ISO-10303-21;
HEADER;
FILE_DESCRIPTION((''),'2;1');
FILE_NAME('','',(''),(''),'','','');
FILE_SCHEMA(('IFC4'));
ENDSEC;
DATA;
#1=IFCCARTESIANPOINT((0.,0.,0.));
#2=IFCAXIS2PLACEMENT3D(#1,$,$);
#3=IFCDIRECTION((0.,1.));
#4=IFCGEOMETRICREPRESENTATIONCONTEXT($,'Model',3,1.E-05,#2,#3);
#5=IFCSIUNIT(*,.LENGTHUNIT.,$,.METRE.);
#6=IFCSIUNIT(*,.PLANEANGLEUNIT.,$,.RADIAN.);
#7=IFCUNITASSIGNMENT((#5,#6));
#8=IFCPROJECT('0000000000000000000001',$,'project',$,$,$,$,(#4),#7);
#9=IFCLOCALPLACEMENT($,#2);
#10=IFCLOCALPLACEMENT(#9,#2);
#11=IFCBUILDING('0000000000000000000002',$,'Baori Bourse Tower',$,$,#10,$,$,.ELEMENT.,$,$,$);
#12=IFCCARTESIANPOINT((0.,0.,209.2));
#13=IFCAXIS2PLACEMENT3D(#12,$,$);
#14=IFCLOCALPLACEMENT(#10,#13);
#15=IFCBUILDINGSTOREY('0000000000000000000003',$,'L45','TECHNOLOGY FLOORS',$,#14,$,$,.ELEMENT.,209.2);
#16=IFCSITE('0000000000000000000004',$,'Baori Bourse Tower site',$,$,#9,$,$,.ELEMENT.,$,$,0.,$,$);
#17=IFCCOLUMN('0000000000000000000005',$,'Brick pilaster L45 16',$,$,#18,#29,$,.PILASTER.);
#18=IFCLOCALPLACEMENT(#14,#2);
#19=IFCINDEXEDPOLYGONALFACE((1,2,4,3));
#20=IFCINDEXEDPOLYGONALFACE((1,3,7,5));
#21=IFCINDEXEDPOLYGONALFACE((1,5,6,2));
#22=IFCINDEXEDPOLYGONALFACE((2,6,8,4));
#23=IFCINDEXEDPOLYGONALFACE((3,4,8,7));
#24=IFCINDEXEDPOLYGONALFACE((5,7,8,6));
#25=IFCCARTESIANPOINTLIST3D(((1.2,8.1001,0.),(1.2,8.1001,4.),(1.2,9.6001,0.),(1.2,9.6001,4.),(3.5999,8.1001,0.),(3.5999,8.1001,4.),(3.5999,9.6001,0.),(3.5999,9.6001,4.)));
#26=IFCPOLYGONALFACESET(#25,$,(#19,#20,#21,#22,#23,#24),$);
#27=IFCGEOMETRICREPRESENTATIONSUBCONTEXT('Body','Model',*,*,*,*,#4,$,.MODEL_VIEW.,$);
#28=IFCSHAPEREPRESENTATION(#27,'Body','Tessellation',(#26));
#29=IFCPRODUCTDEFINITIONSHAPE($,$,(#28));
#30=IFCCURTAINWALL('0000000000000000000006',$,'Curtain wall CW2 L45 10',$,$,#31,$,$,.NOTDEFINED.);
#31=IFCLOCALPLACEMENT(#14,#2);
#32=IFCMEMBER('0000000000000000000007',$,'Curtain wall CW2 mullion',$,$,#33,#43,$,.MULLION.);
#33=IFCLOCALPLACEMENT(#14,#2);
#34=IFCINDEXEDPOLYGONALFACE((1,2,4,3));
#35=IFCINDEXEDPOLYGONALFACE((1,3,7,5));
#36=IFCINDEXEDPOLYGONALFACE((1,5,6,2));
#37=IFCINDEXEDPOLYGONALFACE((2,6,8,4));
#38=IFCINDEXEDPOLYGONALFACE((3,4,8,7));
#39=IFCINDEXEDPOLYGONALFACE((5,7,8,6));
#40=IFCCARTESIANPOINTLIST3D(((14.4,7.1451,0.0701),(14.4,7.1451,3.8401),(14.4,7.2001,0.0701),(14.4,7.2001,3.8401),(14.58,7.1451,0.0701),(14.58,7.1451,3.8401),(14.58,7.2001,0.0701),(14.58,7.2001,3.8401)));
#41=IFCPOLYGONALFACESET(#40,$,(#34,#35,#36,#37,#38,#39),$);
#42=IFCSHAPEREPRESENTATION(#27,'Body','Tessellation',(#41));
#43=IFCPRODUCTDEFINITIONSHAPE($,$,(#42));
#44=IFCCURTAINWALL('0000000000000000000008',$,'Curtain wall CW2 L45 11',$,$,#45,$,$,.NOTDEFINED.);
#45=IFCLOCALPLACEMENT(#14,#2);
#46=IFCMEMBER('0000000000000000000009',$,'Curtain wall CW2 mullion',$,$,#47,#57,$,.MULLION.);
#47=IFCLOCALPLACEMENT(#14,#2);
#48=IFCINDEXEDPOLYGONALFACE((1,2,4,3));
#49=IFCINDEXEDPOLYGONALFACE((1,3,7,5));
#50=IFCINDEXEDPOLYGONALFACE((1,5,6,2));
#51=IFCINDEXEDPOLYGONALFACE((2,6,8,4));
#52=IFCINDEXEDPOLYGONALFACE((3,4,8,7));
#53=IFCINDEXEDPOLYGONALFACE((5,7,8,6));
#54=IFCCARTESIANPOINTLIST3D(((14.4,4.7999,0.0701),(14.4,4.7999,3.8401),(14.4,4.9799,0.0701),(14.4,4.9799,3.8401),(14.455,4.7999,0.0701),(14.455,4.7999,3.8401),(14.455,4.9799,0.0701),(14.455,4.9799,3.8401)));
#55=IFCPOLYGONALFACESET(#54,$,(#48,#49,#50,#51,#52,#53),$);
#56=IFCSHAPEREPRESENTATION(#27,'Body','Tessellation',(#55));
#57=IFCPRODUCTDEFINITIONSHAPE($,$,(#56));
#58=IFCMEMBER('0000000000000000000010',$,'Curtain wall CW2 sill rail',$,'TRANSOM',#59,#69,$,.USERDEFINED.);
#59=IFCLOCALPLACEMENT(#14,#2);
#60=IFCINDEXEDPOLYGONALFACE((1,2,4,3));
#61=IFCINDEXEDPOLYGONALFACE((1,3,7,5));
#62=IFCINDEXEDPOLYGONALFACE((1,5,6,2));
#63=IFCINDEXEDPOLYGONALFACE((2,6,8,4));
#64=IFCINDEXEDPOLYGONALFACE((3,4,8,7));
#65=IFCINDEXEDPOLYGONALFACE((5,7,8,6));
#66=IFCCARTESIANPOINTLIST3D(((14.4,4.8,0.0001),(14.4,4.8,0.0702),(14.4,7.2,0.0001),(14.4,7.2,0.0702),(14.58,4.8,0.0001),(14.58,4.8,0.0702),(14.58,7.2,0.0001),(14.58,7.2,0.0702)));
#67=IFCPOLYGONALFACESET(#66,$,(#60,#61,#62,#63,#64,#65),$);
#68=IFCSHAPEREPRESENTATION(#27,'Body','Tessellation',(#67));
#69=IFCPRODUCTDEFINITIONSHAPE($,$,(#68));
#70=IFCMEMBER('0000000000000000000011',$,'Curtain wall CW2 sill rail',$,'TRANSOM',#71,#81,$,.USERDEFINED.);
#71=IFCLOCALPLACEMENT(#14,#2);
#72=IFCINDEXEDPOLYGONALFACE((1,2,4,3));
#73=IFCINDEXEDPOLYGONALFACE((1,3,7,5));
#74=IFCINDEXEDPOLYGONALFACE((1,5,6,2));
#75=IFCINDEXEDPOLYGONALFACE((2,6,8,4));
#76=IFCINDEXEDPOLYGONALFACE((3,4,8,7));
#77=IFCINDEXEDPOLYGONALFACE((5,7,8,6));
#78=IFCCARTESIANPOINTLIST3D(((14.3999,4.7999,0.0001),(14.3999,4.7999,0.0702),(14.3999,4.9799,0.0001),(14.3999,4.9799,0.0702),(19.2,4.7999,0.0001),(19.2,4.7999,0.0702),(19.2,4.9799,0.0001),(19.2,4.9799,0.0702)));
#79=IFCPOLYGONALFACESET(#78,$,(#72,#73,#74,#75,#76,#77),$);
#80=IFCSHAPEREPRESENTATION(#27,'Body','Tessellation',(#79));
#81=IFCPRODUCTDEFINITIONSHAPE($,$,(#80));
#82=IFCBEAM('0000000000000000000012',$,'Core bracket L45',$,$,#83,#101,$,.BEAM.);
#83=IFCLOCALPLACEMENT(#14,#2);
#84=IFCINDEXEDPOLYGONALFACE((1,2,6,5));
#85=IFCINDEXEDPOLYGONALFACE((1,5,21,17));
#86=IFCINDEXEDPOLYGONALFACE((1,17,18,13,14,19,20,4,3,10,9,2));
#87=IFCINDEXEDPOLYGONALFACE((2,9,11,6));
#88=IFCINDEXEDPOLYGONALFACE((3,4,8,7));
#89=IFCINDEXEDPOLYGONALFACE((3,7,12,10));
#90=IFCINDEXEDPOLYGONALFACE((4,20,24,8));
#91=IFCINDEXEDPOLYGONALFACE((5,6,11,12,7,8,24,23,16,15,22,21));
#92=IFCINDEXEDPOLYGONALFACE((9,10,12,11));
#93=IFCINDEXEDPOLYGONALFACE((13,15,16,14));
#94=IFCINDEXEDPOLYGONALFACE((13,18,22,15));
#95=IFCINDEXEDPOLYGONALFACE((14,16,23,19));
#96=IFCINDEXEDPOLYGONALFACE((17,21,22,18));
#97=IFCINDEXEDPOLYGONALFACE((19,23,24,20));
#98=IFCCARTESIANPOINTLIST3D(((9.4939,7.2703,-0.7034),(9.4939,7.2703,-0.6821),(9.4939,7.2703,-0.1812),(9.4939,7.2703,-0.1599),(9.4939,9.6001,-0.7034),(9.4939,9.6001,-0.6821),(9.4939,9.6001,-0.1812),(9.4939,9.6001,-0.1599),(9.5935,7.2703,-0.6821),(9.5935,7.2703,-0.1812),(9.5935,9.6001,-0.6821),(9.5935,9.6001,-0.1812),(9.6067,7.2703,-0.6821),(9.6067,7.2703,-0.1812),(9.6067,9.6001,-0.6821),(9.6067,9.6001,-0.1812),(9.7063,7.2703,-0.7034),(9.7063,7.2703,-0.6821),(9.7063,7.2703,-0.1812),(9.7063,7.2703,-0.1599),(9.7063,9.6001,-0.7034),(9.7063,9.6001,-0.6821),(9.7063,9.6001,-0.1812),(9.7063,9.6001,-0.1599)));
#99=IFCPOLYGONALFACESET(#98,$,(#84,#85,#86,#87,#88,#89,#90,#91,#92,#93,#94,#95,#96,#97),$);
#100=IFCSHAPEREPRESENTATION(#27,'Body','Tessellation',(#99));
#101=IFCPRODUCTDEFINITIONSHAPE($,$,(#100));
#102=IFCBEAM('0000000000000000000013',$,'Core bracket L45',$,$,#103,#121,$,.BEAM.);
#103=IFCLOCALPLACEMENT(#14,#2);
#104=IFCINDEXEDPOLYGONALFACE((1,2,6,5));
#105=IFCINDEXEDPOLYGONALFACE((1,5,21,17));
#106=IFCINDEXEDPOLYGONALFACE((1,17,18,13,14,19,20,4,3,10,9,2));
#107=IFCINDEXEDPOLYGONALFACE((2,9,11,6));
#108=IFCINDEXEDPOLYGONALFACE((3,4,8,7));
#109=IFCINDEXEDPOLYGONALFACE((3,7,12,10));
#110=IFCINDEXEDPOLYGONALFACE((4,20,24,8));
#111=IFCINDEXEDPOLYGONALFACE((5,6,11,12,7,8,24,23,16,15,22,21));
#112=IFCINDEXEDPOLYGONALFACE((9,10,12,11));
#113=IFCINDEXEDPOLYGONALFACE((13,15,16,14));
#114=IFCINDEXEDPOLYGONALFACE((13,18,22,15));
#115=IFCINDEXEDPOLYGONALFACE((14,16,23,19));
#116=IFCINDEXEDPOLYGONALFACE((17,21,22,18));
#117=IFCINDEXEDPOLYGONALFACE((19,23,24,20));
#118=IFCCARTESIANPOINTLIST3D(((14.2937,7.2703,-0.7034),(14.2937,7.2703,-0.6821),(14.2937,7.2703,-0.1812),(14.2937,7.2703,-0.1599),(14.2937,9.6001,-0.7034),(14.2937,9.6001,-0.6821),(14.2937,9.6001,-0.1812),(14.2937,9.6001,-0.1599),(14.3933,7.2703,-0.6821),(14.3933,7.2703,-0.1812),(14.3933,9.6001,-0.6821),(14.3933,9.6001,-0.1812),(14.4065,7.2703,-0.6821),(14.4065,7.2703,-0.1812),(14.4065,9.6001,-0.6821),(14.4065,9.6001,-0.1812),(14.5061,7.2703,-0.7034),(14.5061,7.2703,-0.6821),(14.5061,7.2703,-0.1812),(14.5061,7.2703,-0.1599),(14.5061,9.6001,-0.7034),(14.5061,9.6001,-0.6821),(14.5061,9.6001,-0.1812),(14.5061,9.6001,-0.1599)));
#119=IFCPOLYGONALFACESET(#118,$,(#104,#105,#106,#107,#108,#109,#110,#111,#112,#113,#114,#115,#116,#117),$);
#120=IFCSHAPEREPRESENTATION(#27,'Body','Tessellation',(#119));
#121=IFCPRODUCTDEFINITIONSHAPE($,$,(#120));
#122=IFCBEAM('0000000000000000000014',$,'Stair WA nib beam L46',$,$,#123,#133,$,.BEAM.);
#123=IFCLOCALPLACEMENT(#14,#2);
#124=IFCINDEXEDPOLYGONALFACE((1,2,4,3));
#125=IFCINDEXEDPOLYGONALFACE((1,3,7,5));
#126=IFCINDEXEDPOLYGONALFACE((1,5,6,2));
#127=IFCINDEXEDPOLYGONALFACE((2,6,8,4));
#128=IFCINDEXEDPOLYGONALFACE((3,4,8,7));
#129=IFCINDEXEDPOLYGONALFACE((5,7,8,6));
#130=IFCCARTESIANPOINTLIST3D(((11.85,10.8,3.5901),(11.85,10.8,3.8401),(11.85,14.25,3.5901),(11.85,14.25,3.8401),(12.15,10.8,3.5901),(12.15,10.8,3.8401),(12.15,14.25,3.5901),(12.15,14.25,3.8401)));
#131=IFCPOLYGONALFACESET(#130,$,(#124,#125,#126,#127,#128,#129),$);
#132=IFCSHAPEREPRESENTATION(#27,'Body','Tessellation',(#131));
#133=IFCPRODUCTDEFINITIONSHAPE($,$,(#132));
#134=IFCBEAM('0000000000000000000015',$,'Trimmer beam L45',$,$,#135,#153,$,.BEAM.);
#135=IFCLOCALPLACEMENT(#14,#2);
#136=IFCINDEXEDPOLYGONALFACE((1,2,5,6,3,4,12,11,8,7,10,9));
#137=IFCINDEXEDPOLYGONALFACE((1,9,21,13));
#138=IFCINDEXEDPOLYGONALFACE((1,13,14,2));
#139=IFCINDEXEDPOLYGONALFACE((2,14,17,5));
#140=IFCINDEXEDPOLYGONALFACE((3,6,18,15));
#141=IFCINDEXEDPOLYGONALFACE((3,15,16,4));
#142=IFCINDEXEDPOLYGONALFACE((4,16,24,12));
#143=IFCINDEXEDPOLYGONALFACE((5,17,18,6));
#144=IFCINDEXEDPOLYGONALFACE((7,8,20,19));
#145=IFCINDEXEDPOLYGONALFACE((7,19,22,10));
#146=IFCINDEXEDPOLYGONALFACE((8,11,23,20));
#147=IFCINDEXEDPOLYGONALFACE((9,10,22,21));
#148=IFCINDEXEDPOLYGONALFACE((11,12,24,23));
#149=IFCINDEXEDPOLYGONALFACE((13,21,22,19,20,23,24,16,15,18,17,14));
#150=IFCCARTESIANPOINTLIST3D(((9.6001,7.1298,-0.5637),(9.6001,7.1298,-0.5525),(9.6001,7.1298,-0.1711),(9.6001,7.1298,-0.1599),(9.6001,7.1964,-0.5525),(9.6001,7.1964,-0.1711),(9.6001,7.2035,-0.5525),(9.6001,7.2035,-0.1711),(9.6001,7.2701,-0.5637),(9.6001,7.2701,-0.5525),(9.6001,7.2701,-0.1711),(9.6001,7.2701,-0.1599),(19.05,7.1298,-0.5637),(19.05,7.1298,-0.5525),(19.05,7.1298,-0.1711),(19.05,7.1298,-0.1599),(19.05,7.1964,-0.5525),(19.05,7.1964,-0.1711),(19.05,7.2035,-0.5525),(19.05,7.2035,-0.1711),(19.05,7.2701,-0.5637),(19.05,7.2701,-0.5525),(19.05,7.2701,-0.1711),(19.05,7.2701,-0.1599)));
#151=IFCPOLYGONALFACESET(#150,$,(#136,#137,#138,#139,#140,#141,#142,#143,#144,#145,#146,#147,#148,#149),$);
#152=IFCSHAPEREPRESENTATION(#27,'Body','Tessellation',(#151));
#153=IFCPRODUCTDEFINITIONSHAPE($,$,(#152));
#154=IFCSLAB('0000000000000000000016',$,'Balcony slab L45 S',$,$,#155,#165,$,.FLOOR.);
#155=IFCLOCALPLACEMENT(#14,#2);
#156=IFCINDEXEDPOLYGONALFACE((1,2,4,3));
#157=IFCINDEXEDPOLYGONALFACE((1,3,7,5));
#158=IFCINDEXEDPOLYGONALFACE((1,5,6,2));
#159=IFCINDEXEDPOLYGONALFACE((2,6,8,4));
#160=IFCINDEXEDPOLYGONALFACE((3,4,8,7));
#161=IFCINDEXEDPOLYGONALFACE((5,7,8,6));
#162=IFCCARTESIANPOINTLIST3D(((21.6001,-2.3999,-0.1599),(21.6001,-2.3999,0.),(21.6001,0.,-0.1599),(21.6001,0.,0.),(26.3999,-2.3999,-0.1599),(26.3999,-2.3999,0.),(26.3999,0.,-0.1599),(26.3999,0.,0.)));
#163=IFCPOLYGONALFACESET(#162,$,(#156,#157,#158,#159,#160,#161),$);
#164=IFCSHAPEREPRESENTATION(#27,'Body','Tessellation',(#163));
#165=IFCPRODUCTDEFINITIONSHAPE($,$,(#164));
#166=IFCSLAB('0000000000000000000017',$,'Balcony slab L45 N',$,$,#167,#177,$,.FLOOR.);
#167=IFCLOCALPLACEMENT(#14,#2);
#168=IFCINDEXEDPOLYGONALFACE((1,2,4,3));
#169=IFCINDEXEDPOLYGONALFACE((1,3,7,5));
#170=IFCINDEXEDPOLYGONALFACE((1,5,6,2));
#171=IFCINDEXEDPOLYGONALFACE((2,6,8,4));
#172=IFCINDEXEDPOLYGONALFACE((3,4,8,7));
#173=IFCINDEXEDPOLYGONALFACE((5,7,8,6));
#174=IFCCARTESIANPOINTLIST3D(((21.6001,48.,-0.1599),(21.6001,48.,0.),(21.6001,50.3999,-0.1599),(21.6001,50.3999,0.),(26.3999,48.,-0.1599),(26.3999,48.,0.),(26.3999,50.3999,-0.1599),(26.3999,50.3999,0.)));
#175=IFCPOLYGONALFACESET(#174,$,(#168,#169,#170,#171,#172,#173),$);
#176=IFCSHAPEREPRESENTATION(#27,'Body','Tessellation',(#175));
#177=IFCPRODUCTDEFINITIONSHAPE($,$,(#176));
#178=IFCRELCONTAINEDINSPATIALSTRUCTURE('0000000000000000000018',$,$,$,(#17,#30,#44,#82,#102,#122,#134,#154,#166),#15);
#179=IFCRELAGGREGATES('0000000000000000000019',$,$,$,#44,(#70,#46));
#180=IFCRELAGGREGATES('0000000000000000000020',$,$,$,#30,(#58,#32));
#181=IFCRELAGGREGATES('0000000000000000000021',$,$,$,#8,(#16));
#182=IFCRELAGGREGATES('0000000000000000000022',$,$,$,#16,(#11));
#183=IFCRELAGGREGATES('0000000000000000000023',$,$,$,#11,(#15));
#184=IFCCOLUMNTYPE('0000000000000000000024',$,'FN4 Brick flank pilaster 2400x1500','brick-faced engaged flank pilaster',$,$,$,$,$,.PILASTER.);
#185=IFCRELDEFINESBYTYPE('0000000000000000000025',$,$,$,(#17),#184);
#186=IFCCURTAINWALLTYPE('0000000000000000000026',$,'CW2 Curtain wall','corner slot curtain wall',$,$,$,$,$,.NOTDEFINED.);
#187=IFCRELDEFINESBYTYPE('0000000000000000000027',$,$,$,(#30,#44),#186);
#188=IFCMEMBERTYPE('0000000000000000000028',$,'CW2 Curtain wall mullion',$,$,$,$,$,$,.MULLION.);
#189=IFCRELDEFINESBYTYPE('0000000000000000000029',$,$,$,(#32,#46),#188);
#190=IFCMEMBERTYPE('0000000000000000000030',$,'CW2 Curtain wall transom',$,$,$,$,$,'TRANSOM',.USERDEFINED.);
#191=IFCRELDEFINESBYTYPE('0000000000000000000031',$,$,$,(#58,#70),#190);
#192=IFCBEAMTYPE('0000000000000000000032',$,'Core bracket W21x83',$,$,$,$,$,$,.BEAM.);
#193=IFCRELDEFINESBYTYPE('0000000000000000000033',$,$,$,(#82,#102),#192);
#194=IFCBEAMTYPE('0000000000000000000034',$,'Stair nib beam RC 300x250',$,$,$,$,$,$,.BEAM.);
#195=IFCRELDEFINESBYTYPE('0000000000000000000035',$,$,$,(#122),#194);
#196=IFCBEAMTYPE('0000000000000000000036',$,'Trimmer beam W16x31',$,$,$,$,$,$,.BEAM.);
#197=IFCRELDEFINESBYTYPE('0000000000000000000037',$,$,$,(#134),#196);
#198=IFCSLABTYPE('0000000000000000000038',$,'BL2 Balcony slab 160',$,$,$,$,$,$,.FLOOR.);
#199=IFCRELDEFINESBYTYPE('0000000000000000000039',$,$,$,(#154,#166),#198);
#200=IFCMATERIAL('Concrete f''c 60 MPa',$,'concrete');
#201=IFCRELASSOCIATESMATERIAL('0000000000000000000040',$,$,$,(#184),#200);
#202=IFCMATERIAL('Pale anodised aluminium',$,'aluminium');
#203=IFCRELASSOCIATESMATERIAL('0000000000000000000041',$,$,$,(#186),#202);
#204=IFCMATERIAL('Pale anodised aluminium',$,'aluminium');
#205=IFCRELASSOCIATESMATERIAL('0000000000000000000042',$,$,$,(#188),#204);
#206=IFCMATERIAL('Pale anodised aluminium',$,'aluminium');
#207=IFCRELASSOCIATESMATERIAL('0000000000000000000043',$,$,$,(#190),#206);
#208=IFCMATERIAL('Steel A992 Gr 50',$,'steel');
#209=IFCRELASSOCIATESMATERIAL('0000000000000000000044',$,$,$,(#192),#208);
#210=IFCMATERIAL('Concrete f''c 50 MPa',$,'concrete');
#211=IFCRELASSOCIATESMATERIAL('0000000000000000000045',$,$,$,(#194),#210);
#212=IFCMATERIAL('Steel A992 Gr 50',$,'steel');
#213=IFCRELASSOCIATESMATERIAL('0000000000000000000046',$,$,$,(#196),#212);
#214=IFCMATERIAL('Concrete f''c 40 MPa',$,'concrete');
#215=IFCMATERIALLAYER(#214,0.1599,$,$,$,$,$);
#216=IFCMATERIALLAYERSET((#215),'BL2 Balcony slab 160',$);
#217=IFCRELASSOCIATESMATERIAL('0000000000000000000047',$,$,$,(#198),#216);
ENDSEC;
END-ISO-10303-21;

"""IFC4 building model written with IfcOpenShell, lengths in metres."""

from ifc_helpers import new_model, si_unit, direction, frame, origin, origin_2d, place, context, subcontext, project, spatial, polyline, rectangle, i_section, outline, extrude, material, layer, layer_set, material_profile, profile_set, type_object, element, aggregate, save


model = new_model("IFC4")

# Units and contexts
model_context = context("Model", 3, precision=1e-05, world=origin(), true_north=direction((0.0, 1.0)))
body_context = subcontext(model_context, "Body", "Model", "MODEL_VIEW")
ifc_project = project(units=[si_unit("LENGTHUNIT", "METRE"), si_unit("PLANEANGLEUNIT", "RADIAN")], contexts=[model_context])

# Site, building, storey
site_placement = place(None, origin())
site = spatial("IfcSite", under=ifc_project, at=site_placement, Name="Baori Bourse Tower site", CompositionType="ELEMENT", RefElevation=0.0)
building_placement = place(site_placement, origin())
building = spatial("IfcBuilding", under=site, at=building_placement, Name="Baori Bourse Tower", CompositionType="ELEMENT")
storey_placement = place(building_placement, frame((0.0, 0.0, 209.2)))
storey = spatial("IfcBuildingStorey", under=building, at=storey_placement, Name="L45", Description="TECHNOLOGY FLOORS", CompositionType="ELEMENT", Elevation=209.2)

# Column
ifc_material_1 = material(Name="Concrete f'c 60 MPa", Category="concrete")
ifc_material_profile_1 = material_profile(ifc_material_1, rectangle(XDim=2.3999, YDim=1.5, at=origin_2d()), Name="RC 2400x1500")
ifc_profile_set_1 = profile_set([ifc_material_profile_1], Name="Concrete f'c 60 MPa")
column_type = type_object("IfcColumnType", Name="FN4 Brick flank pilaster 2400x1500", Description="brick-faced engaged flank pilaster", PredefinedType="PILASTER", material=ifc_profile_set_1)
column_placement = place(storey_placement, frame((2.3999, 8.8501, 0.0), z_axis=(0.0, 0.0, 1.0), x_axis=(1.0, 0.0, 0.0)))
element("IfcColumn", 1, at=column_placement, inside=storey, type_object=column_type, Name="Brick pilaster L45 16", PredefinedType="PILASTER", context=body_context, shape_type="SweptSolid", body=[
    extrude(rectangle(XDim=2.3999, YDim=1.5, at=origin_2d()), origin(), (0.0, 0.0, 1.0), 4.0),
])

# Curtain walls, members
ifc_material_2 = material(Name="Pale anodised aluminium", Category="aluminium")
curtain_wall_type = type_object("IfcCurtainWallType", Name="CW2 Curtain wall", Description="corner slot curtain wall", PredefinedType="NOTDEFINED", material=ifc_material_2)
curtain_wall_1_placement = place(storey_placement, origin())
curtain_wall_1 = element("IfcCurtainWall", 2, at=curtain_wall_1_placement, inside=storey, type_object=curtain_wall_type, Name="Curtain wall CW2 L45 10", PredefinedType="NOTDEFINED")
ifc_material_3 = material(Name="Pale anodised aluminium", Category="aluminium")
ifc_material_profile_2 = material_profile(ifc_material_3, rectangle(XDim=0.1799, YDim=0.0549, at=origin_2d()), Name="Mullion 55x180")
ifc_profile_set_2 = profile_set([ifc_material_profile_2], Name="Pale anodised aluminium")
member_type_1 = type_object("IfcMemberType", Name="CW2 Curtain wall mullion", PredefinedType="MULLION", material=ifc_profile_set_2)
member_1_placement = place(storey_placement, frame((14.49, 7.1726, 0.0701), z_axis=(0.0, 0.0, 1.0), x_axis=(1.0, 0.0, 0.0)))
member_1 = element("IfcMember", 3, at=member_1_placement, type_object=member_type_1, Name="Curtain wall CW2 mullion", PredefinedType="MULLION", context=body_context, shape_type="SweptSolid", body=[
    extrude(rectangle(XDim=0.1799, YDim=0.0549, at=origin_2d()), origin(), (0.0, 0.0, 1.0), 3.77),
])
curtain_wall_2_placement = place(storey_placement, origin())
curtain_wall_2 = element("IfcCurtainWall", 4, at=curtain_wall_2_placement, inside=storey, type_object=curtain_wall_type, Name="Curtain wall CW2 L45 11", PredefinedType="NOTDEFINED")
member_2_placement = place(storey_placement, frame((14.4275, 4.8899, 0.0701), z_axis=(0.0, 0.0, 1.0), x_axis=(0.0, 1.0, 0.0)))
member_2 = element("IfcMember", 5, at=member_2_placement, type_object=member_type_1, Name="Curtain wall CW2 mullion", PredefinedType="MULLION", context=body_context, shape_type="SweptSolid", body=[
    extrude(rectangle(XDim=0.1799, YDim=0.0549, at=origin_2d()), origin(), (0.0, 0.0, 1.0), 3.77),
])

# Members
ifc_material_4 = material(Name="Pale anodised aluminium", Category="aluminium")
ifc_material_profile_3 = material_profile(ifc_material_4, rectangle(XDim=0.1799, YDim=0.0701, at=origin_2d()), Name="Transom 70x180")
ifc_profile_set_3 = profile_set([ifc_material_profile_3], Name="Pale anodised aluminium")
member_type_2 = type_object("IfcMemberType", Name="CW2 Curtain wall transom", ElementType="TRANSOM", PredefinedType="USERDEFINED", material=ifc_profile_set_3)
member_3_placement = place(storey_placement, frame((14.49, 7.2, 0.0352), z_axis=(0.0, -1.0, 0.0), x_axis=(1.0, 0.0, 0.0)))
member_3 = element("IfcMember", 6, at=member_3_placement, type_object=member_type_2, Name="Curtain wall CW2 sill rail", ObjectType="TRANSOM", PredefinedType="USERDEFINED", context=body_context, shape_type="SweptSolid", body=[
    extrude(rectangle(XDim=0.1799, YDim=0.0701, at=origin_2d()), origin(), (0.0, 0.0, 1.0), 2.3999),
])
member_4_placement = place(storey_placement, frame((14.3999, 4.8899, 0.0352), z_axis=(1.0, 0.0, 0.0), x_axis=(0.0, 1.0, 0.0)))
member_4 = element("IfcMember", 7, at=member_4_placement, type_object=member_type_2, Name="Curtain wall CW2 sill rail", ObjectType="TRANSOM", PredefinedType="USERDEFINED", context=body_context, shape_type="SweptSolid", body=[
    extrude(rectangle(XDim=0.1799, YDim=0.0701, at=origin_2d()), origin(), (0.0, 0.0, 1.0), 4.8),
])
aggregate(curtain_wall_2, [member_4, member_2])

# Beams
ifc_material_5 = material(Name="Steel A992 Gr 50", Category="steel")
ifc_material_profile_4 = material_profile(ifc_material_5, i_section(OverallWidth=0.2124, OverallDepth=0.5435, WebThickness=0.0132, FlangeThickness=0.0212, at=origin_2d()), Name="W21x83")
ifc_profile_set_4 = profile_set([ifc_material_profile_4], Name="Steel A992 Gr 50")
beam_type_1 = type_object("IfcBeamType", Name="Core bracket W21x83", PredefinedType="BEAM", material=ifc_profile_set_4)
for number, where, z_axis, x_axis, name in (
    (8, (9.6001, 7.2703, -0.4316), (0.0, 1.0, 0.0), (-1.0, 0.0, 0.0), "Core bracket L45"),
    (9, (14.3999, 7.2703, -0.4316), (0.0, 1.0, 0.0), (-1.0, 0.0, 0.0), "Core bracket L45"),
):
    element("IfcBeam", number, at=place(storey_placement, frame(where, z_axis=z_axis, x_axis=x_axis)), inside=storey, type_object=beam_type_1, Name=name, PredefinedType="BEAM", context=body_context, shape_type="SweptSolid", body=[
        extrude(i_section(OverallWidth=0.2124, OverallDepth=0.5435, WebThickness=0.0132, FlangeThickness=0.0212, at=origin_2d()), origin(), (0.0, 0.0, 1.0), 2.3298),
    ])
ifc_material_6 = material(Name="Concrete f'c 50 MPa", Category="concrete")
ifc_material_profile_5 = material_profile(ifc_material_6, rectangle(XDim=0.3, YDim=0.25, at=origin_2d()), Name="RC 300x250")
ifc_profile_set_5 = profile_set([ifc_material_profile_5], Name="Concrete f'c 50 MPa")
beam_type_2 = type_object("IfcBeamType", Name="Stair nib beam RC 300x250", PredefinedType="BEAM", material=ifc_profile_set_5)
beam_1_placement = place(storey_placement, frame((12.0, 10.8, 3.7151), z_axis=(0.0, 1.0, 0.0), x_axis=(-1.0, 0.0, 0.0)))
element("IfcBeam", 10, at=beam_1_placement, inside=storey, type_object=beam_type_2, Name="Stair WA nib beam L46", PredefinedType="BEAM", context=body_context, shape_type="SweptSolid", body=[
    extrude(rectangle(XDim=0.3, YDim=0.25, at=origin_2d()), origin(), (0.0, 0.0, 1.0), 3.45),
])
ifc_material_7 = material(Name="Steel A992 Gr 50", Category="steel")
ifc_material_profile_6 = material_profile(ifc_material_7, i_section(OverallWidth=0.1404, OverallDepth=0.4038, WebThickness=0.0071, FlangeThickness=0.0112, at=origin_2d()), Name="W16x31")
ifc_profile_set_6 = profile_set([ifc_material_profile_6], Name="Steel A992 Gr 50")
beam_type_3 = type_object("IfcBeamType", Name="Trimmer beam W16x31", PredefinedType="BEAM", material=ifc_profile_set_6)
beam_2_placement = place(storey_placement, frame((9.6001, 7.2, -0.3618), z_axis=(1.0, 0.0, 0.0), x_axis=(0.0, 1.0, 0.0)))
element("IfcBeam", 11, at=beam_2_placement, inside=storey, type_object=beam_type_3, Name="Trimmer beam L45", PredefinedType="BEAM", context=body_context, shape_type="SweptSolid", body=[
    extrude(i_section(OverallWidth=0.1404, OverallDepth=0.4038, WebThickness=0.0071, FlangeThickness=0.0112, at=origin_2d()), origin(), (0.0, 0.0, 1.0), 9.45),
])

# Slabs
ifc_material_8 = material(Name="Concrete f'c 40 MPa", Category="concrete")
ifc_layer_1 = layer(ifc_material_8, 0.1599)
ifc_layer_set_1 = layer_set([ifc_layer_1], Name="BL2 Balcony slab 160")
slab_type = type_object("IfcSlabType", Name="BL2 Balcony slab 160", PredefinedType="FLOOR", material=ifc_layer_set_1)
slab_1_placement = place(storey_placement, frame((0.0, 0.0, -0.1599)))
element("IfcSlab", 12, at=slab_1_placement, inside=storey, type_object=slab_type, Name="Balcony slab L45 S", PredefinedType="FLOOR", context=body_context, shape_type="SweptSolid", body=[
    extrude(outline(polyline([(21.6001, 0.0), (21.6001, -2.3999), (26.3999, -2.3999), (26.3999, 0.0), (21.6001, 0.0)])), origin(), (0.0, 0.0, 1.0), 0.1599),
])
slab_2_placement = place(storey_placement, frame((0.0, 0.0, -0.1599)))
element("IfcSlab", 13, at=slab_2_placement, inside=storey, type_object=slab_type, Name="Balcony slab L45 N", PredefinedType="FLOOR", context=body_context, shape_type="SweptSolid", body=[
    extrude(outline(polyline([(21.6001, 48.0), (26.3999, 48.0), (26.3999, 50.3999), (21.6001, 50.3999), (21.6001, 48.0)])), origin(), (0.0, 0.0, 1.0), 0.1599),
])

aggregate(curtain_wall_1, [member_3, member_1])

save(model, "model.ifc")
